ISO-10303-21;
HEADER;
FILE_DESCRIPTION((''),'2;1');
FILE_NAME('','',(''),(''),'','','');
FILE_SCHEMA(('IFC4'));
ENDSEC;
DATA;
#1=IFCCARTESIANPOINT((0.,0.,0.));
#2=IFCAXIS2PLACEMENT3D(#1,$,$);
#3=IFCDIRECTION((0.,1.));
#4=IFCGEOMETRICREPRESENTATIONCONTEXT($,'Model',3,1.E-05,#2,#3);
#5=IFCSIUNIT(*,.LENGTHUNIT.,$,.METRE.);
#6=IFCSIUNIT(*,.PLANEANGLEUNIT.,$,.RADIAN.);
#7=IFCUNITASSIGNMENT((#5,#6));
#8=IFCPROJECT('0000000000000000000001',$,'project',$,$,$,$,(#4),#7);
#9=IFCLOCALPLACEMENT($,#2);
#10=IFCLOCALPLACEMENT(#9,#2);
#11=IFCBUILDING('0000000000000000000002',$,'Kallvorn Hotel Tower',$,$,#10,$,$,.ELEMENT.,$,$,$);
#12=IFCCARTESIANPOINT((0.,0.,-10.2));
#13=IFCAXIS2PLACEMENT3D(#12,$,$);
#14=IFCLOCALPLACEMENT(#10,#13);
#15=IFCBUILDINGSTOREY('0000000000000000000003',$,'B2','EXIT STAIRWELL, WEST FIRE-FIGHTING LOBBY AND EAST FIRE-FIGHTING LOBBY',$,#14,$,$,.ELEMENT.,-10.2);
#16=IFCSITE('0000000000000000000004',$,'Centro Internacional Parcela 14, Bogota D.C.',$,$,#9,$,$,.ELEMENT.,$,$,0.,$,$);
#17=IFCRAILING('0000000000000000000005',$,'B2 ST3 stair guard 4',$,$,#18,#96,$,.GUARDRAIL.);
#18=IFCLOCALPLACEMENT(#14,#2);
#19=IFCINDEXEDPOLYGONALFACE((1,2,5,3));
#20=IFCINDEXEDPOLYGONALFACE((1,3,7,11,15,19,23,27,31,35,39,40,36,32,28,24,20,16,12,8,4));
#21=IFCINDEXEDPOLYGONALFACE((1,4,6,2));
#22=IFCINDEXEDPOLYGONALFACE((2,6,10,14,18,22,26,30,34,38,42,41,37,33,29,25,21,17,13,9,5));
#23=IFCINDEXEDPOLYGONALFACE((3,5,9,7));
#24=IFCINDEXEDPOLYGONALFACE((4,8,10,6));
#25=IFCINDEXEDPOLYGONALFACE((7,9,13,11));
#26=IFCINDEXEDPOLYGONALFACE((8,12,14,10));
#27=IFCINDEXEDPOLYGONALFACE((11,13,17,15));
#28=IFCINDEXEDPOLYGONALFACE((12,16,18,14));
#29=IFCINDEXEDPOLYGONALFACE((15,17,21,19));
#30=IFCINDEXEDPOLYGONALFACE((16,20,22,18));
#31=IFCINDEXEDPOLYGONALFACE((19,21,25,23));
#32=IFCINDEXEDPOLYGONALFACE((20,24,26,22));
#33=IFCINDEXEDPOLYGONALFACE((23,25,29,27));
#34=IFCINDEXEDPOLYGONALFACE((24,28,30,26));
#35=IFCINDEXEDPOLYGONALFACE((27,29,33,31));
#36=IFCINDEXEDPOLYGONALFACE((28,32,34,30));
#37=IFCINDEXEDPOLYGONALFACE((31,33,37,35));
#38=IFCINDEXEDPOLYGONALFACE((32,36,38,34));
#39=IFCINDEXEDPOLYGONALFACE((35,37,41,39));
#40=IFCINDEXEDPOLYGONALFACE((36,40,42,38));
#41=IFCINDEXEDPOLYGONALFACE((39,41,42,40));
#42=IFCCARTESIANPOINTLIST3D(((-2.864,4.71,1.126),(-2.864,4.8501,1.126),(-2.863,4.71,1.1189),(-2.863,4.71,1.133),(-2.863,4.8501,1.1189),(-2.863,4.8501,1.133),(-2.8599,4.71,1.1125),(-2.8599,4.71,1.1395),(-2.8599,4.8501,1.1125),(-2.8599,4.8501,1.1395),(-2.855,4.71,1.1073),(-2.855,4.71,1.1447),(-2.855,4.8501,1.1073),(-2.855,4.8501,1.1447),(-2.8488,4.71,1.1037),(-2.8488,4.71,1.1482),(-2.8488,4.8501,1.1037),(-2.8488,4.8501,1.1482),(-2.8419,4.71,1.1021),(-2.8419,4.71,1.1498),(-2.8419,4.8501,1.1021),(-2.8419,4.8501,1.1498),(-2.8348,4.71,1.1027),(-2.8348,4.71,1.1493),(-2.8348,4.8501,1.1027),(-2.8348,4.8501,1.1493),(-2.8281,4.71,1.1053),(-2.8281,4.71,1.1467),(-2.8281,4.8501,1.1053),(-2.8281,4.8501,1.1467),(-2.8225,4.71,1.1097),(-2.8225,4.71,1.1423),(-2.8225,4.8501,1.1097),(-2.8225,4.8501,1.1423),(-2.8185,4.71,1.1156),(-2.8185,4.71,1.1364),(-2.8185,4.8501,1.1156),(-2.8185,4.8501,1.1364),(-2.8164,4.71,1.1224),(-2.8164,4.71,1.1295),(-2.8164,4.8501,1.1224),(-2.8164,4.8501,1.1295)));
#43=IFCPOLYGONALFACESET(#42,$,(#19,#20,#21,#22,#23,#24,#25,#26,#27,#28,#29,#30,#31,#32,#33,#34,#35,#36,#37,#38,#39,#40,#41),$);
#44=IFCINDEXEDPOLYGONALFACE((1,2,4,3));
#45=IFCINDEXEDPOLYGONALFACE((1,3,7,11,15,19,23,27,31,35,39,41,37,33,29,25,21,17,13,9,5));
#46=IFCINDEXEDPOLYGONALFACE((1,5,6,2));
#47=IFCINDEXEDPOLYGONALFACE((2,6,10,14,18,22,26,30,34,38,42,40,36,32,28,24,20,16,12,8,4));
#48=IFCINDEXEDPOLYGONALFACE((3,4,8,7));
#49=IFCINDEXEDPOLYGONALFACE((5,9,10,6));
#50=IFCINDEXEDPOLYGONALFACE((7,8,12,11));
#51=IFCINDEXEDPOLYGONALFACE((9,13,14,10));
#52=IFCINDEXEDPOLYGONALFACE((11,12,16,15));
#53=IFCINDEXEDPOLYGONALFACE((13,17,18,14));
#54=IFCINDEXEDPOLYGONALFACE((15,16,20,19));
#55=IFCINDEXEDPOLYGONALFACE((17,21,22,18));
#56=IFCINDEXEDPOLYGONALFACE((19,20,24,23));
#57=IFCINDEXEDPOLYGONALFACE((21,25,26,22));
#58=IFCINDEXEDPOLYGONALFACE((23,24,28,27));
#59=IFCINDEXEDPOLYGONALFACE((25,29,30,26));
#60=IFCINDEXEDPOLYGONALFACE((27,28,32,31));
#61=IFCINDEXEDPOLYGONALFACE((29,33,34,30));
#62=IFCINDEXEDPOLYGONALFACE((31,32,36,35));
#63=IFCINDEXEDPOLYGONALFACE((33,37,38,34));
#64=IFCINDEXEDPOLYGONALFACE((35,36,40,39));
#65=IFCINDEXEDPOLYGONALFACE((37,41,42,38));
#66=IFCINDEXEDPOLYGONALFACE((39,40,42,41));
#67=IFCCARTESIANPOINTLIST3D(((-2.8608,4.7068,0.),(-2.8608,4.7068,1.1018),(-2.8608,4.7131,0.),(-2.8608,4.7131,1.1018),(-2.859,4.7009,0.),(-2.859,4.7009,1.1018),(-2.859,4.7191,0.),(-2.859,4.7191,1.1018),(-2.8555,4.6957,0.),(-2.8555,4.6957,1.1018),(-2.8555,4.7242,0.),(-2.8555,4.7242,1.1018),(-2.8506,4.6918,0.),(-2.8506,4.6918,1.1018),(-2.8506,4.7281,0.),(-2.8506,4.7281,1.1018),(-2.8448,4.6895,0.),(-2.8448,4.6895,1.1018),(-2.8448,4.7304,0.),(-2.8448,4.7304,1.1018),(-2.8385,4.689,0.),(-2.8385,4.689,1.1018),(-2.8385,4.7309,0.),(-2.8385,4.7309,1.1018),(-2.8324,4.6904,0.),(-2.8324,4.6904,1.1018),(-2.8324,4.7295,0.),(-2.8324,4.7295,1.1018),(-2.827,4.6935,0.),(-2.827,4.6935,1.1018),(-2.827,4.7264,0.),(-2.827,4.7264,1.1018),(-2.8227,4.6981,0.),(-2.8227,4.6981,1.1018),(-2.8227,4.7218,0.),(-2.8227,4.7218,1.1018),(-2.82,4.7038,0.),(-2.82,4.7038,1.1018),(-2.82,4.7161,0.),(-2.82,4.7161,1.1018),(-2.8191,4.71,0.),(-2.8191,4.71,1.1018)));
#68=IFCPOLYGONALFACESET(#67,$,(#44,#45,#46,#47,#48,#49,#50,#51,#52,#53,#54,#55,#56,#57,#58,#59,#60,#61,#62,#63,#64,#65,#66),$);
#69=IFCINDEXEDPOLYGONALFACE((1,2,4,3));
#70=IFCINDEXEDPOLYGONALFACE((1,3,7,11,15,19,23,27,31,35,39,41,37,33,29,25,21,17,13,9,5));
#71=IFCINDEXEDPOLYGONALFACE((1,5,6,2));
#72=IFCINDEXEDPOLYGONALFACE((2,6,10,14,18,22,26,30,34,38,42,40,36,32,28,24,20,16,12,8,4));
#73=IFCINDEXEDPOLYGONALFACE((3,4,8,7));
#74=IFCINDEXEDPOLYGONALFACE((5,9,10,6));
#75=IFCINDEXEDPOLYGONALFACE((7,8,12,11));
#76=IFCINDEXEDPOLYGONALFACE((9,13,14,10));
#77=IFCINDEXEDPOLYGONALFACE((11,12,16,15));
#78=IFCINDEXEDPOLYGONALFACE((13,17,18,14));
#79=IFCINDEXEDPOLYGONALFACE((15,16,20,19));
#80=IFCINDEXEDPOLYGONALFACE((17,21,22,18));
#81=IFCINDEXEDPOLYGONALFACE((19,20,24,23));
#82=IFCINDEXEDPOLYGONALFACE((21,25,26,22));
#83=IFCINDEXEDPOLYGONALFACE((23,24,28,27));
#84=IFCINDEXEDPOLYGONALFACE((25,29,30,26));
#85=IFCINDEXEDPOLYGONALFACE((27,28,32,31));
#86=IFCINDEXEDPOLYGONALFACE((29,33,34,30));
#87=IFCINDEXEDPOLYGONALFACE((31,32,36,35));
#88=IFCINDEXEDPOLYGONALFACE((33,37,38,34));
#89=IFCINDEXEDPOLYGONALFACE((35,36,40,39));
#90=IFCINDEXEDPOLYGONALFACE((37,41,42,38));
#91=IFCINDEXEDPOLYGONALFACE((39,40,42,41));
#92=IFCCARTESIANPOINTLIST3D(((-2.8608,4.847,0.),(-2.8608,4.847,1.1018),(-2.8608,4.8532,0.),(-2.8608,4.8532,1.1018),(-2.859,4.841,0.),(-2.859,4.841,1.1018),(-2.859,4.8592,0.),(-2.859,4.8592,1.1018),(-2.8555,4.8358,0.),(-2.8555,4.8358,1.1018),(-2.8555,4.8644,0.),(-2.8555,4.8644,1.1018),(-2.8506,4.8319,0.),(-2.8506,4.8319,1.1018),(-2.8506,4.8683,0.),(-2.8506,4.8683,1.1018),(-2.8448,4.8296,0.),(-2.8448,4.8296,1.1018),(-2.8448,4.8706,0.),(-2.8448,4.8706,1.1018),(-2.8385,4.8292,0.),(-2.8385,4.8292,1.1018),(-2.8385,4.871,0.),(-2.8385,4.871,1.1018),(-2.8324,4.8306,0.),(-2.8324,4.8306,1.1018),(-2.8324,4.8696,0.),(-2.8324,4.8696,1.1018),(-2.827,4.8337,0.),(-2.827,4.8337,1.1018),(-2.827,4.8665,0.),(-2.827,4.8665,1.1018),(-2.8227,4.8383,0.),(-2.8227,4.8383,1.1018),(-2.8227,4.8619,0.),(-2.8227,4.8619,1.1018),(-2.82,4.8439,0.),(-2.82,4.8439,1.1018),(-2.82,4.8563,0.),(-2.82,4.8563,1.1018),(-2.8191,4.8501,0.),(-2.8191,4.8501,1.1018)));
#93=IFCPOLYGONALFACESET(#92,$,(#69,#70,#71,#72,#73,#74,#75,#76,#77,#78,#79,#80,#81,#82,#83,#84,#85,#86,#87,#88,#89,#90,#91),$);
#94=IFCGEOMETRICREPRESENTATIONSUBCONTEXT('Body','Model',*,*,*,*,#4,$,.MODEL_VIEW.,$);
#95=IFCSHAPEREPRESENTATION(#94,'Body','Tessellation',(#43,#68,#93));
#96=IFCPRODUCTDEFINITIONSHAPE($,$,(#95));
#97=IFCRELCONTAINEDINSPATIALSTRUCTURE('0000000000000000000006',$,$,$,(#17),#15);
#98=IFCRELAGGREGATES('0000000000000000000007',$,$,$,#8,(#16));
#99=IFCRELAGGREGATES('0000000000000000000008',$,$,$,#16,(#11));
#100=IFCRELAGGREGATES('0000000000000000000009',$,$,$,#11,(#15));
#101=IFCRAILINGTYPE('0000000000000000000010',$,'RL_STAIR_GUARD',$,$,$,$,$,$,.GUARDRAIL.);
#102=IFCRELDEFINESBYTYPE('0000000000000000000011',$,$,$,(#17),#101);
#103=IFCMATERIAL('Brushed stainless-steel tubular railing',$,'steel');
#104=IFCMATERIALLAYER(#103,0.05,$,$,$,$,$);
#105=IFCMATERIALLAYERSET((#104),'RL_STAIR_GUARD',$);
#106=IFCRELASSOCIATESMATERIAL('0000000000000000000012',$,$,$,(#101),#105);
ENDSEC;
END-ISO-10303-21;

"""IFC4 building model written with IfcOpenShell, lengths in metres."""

from ifc_helpers import new_model, si_unit, direction, frame, origin, origin_2d, place, context, subcontext, project, spatial, circle, extrude, material, layer, layer_set, type_object, element, save


model = new_model("IFC4")

# Units and contexts
model_context = context("Model", 3, precision=1e-05, world=origin(), true_north=direction((0.0, 1.0)))
body_context = subcontext(model_context, "Body", "Model", "MODEL_VIEW")
ifc_project = project(units=[si_unit("LENGTHUNIT", "METRE"), si_unit("PLANEANGLEUNIT", "RADIAN")], contexts=[model_context])

# Site, building, storey
site_placement = place(None, origin())
site = spatial("IfcSite", under=ifc_project, at=site_placement, Name="Centro Internacional Parcela 14, Bogota D.C.", CompositionType="ELEMENT", RefElevation=0.0)
building_placement = place(site_placement, origin())
building = spatial("IfcBuilding", under=site, at=building_placement, Name="Kallvorn Hotel Tower", CompositionType="ELEMENT")
storey_placement = place(building_placement, frame((0.0, 0.0, -10.2)))
storey = spatial("IfcBuildingStorey", under=building, at=storey_placement, Name="B2", Description="EXIT STAIRWELL, WEST FIRE-FIGHTING LOBBY AND EAST FIRE-FIGHTING LOBBY", CompositionType="ELEMENT", Elevation=-10.2)

# Railing
ifc_material_1 = material(Name="Brushed stainless-steel tubular railing", Category="steel")
ifc_layer_1 = layer(ifc_material_1, 0.05)
ifc_layer_set_1 = layer_set([ifc_layer_1], Name="RL_STAIR_GUARD")
railing_type_1 = type_object("IfcRailingType", Name="RL_STAIR_GUARD", PredefinedType="GUARDRAIL", material=ifc_layer_set_1)
railing_1_placement = place(storey_placement, frame((-2.8401, 4.71, 0.0)))
element("IfcRailing", 1, at=railing_1_placement, inside=storey, type_object=railing_type_1, Name="B2 ST3 stair guard 4", PredefinedType="GUARDRAIL", context=body_context, shape_type="SweptSolid", body=[
    extrude(circle(Radius=0.0239, at=origin_2d()), frame((0.0, 0.0, 1.126), z_axis=(0.0, 1.0, 0.0), x_axis=(-1.0, 0.0, 0.0)), (0.0, 0.0, 1.0), 0.1401),
    extrude(circle(Radius=0.021, at=origin_2d()), origin(), (0.0, 0.0, 1.0), 1.1018),
    extrude(circle(Radius=0.021, at=origin_2d()), frame((0.0, 0.1401, 0.0)), (0.0, 0.0, 1.0), 1.1018),
])

save(model, "model.ifc")
